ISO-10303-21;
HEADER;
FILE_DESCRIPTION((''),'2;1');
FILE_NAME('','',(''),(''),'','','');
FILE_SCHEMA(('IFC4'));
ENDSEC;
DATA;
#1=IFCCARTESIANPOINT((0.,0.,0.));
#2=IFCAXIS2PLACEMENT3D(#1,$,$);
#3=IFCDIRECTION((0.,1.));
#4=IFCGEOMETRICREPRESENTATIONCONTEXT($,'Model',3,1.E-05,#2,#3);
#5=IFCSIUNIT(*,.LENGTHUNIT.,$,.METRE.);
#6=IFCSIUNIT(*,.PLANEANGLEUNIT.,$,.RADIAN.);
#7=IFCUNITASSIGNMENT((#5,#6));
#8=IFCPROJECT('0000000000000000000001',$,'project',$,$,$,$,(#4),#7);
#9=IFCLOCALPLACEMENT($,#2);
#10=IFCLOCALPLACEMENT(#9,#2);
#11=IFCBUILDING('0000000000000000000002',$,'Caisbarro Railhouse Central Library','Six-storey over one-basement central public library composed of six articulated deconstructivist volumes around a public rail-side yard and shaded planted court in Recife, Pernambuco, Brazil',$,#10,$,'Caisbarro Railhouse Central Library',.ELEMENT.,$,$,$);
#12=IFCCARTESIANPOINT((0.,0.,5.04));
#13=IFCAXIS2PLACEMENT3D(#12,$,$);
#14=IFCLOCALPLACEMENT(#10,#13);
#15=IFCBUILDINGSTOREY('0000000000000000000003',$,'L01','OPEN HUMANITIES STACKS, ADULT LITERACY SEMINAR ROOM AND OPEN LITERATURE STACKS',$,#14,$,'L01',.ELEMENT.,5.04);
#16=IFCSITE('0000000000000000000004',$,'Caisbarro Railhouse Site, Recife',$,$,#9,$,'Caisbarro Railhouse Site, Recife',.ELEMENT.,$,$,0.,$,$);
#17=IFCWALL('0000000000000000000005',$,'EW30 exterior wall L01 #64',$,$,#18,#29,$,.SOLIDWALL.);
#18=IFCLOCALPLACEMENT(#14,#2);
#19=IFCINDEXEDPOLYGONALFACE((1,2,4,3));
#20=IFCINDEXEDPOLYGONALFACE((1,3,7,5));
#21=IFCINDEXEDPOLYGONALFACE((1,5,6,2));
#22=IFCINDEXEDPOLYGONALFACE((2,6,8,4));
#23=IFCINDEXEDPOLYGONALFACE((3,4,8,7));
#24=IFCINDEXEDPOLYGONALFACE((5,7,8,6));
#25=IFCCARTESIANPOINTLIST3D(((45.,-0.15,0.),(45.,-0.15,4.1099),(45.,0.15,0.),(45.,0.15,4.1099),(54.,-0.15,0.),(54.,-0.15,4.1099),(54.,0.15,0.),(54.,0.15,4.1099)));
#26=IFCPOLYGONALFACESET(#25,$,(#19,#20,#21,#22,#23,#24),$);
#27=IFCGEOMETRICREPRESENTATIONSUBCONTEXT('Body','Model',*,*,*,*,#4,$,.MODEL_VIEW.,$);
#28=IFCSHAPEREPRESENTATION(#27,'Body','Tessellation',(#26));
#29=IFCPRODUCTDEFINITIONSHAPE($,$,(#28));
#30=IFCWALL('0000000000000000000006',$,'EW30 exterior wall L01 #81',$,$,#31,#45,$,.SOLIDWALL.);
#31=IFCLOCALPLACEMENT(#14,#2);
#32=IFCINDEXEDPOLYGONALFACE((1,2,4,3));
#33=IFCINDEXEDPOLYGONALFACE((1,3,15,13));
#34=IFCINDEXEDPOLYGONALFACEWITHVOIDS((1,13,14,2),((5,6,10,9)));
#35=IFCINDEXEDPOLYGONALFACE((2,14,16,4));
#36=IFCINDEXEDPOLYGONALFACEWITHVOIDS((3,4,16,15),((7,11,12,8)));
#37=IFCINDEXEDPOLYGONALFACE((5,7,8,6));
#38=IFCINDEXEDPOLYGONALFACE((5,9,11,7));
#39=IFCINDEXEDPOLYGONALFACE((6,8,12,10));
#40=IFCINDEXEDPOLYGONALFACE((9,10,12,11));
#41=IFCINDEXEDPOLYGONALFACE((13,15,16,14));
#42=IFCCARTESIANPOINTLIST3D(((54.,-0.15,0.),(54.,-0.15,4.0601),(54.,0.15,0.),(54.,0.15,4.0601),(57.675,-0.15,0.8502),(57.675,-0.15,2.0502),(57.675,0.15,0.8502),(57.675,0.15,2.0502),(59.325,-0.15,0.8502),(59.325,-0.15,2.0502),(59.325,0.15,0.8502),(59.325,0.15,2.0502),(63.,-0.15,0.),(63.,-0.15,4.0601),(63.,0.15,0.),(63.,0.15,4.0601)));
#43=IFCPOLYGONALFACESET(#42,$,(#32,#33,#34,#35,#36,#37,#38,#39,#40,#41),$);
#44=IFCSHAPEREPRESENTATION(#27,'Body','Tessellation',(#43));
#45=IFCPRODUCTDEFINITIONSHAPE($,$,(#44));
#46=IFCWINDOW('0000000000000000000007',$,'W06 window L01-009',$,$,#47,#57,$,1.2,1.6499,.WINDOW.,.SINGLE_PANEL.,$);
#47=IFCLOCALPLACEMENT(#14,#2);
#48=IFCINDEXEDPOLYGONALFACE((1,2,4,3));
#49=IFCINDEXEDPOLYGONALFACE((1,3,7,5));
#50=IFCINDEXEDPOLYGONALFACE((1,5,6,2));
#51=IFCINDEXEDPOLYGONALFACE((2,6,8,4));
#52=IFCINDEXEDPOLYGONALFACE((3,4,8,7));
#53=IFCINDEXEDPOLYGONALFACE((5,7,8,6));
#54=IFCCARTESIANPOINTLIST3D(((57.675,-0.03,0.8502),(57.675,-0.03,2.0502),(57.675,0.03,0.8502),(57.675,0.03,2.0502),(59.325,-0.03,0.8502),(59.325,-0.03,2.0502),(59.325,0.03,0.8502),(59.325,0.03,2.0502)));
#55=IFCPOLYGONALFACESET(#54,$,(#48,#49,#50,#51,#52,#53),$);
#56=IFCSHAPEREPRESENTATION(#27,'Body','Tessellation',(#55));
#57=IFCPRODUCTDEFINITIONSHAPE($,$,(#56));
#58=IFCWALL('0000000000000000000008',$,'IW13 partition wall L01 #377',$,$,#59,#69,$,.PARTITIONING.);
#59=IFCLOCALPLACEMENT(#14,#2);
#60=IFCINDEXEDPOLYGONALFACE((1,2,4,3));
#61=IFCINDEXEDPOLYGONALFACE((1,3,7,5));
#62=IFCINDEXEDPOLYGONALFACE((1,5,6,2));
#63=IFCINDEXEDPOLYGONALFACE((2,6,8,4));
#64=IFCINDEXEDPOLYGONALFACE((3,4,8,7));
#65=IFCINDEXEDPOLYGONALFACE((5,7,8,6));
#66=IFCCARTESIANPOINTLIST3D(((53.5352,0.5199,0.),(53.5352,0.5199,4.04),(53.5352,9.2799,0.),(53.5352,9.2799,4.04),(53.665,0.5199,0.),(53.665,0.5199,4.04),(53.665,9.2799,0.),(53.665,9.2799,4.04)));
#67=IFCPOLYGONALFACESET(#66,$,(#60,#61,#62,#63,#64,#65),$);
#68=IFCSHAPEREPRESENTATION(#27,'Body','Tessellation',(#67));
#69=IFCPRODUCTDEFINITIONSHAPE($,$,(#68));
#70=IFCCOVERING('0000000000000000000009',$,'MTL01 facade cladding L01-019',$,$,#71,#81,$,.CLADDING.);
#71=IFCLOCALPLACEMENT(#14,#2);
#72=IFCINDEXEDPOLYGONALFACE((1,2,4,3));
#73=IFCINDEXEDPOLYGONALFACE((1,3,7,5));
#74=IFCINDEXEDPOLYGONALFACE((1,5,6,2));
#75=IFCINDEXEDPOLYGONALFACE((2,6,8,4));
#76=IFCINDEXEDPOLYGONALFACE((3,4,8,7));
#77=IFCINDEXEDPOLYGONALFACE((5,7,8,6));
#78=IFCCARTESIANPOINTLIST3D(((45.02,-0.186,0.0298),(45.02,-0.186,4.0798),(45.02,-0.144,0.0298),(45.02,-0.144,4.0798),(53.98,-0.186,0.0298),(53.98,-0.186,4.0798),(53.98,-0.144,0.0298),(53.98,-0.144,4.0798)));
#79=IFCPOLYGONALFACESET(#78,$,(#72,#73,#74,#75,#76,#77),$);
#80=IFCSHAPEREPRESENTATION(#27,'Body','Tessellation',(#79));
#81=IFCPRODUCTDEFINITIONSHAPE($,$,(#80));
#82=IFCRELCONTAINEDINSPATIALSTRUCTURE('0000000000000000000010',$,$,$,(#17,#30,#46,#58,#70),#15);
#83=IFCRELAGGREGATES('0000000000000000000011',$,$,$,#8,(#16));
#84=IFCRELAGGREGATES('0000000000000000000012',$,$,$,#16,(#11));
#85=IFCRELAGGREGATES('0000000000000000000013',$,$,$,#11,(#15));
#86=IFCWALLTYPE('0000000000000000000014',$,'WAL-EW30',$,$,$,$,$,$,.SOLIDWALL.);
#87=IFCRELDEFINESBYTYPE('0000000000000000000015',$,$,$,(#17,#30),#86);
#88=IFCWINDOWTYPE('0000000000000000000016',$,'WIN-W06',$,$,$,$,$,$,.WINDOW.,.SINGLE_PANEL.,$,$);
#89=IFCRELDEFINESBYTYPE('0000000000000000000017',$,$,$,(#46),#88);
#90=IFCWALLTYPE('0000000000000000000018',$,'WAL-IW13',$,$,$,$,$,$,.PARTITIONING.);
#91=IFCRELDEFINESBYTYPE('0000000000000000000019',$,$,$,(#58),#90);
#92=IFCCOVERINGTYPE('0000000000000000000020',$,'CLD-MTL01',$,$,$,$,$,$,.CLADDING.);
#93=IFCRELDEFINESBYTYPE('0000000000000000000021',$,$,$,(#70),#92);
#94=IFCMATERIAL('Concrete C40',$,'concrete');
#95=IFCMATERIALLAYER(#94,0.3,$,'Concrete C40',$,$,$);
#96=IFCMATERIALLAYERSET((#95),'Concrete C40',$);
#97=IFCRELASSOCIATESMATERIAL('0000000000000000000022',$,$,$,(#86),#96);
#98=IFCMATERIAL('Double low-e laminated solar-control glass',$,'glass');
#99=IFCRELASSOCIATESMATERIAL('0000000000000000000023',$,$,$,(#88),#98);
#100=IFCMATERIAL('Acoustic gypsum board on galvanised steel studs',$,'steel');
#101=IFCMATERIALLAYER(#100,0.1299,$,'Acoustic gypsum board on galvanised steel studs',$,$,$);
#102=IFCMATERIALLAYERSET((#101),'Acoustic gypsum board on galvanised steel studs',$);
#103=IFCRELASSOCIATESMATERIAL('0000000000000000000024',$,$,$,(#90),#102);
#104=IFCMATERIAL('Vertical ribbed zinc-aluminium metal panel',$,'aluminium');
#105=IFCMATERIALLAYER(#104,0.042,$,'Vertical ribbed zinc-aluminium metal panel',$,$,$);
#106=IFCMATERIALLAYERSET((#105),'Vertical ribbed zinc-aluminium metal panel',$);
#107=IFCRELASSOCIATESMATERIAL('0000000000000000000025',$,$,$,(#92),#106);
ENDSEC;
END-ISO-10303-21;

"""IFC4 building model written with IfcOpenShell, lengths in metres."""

from ifc_helpers import new_model, si_unit, direction, frame, frame_2d, origin, origin_2d, place, context, subcontext, project, spatial, rectangle, extrude, material, layer, layer_set, type_object, element, fill, save


model = new_model("IFC4")

# Units and contexts
model_context = context("Model", 3, precision=1e-05, world=origin(), true_north=direction((0.0, 1.0)))
body_context = subcontext(model_context, "Body", "Model", "MODEL_VIEW")
ifc_project = project(units=[si_unit("LENGTHUNIT", "METRE"), si_unit("PLANEANGLEUNIT", "RADIAN")], contexts=[model_context])

# Site, building, storey
site_placement = place(None, origin())
site = spatial("IfcSite", under=ifc_project, at=site_placement, Name="Caisbarro Railhouse Site, Recife", LongName="Caisbarro Railhouse Site, Recife", CompositionType="ELEMENT", RefElevation=0.0)
building_placement = place(site_placement, origin())
building = spatial("IfcBuilding", under=site, at=building_placement, Name="Caisbarro Railhouse Central Library", Description="Six-storey over one-basement central public library composed of six articulated deconstructivist volumes around a public rail-side yard and shaded planted court in Recife, Pernambuco, Brazil", LongName="Caisbarro Railhouse Central Library", CompositionType="ELEMENT")
storey_placement = place(building_placement, frame((0.0, 0.0, 5.04)))
storey = spatial("IfcBuildingStorey", under=building, at=storey_placement, Name="L01", Description="OPEN HUMANITIES STACKS, ADULT LITERACY SEMINAR ROOM AND OPEN LITERATURE STACKS", LongName="L01", CompositionType="ELEMENT", Elevation=5.04)

# Wall
ifc_material_1 = material(Name="Concrete C40", Category="concrete")
ifc_layer_1 = layer(ifc_material_1, 0.3, Name="Concrete C40")
ifc_layer_set_1 = layer_set([ifc_layer_1], Name="Concrete C40")
wall_type_1 = type_object("IfcWallType", Name="WAL-EW30", PredefinedType="SOLIDWALL", material=ifc_layer_set_1)
wall_1_placement = place(storey_placement, frame((45.0, 0.0, 0.0), z_axis=(0.0, 0.0, 1.0), x_axis=(1.0, 0.0, 0.0)))
element("IfcWall", 1, at=wall_1_placement, inside=storey, type_object=wall_type_1, Name="EW30 exterior wall L01 #64", PredefinedType="SOLIDWALL", context=body_context, shape_type="SweptSolid", body=[
    extrude(rectangle(XDim=9.0, YDim=0.3, at=frame_2d((4.5, 0.0))), origin(), (0.0, 0.0, 1.0), 4.1099),
])

# Wall, opening, window
wall_2_placement = place(storey_placement, frame((54.0, 0.0, 0.0), z_axis=(0.0, 0.0, 1.0), x_axis=(1.0, 0.0, 0.0)))
wall_2 = element("IfcWall", 2, at=wall_2_placement, inside=storey, type_object=wall_type_1, Name="EW30 exterior wall L01 #81", PredefinedType="SOLIDWALL", context=body_context, shape_type="SweptSolid", body=[
    extrude(rectangle(XDim=9.0, YDim=0.3, at=frame_2d((4.5, 0.0))), origin(), (0.0, 0.0, 1.0), 4.0601),
])
opening_placement = place(wall_2_placement, frame((3.675, 0.0, 0.8501)))
opening = element("IfcOpeningElement", 3, at=opening_placement, cuts=wall_2, PredefinedType="OPENING", context=body_context, shape_type="SweptSolid", body=[
    extrude(rectangle(XDim=1.6499, YDim=1.2, at=frame_2d((0.825, 0.6001))), frame((0.0, 0.1602, 0.0), z_axis=(0.0, -1.0, 0.0), x_axis=(1.0, 0.0, 0.0)), (0.0, 0.0, 1.0), 0.3201),
])
ifc_material_2 = material(Name="Double low-e laminated solar-control glass", Category="glass")
window_type = type_object("IfcWindowType", Name="WIN-W06", PartitioningType="SINGLE_PANEL", PredefinedType="WINDOW", material=ifc_material_2)
window_placement = place(opening_placement, origin())
window = element("IfcWindow", 4, at=window_placement, inside=storey, type_object=window_type, Name="W06 window L01-009", OverallHeight=1.2, OverallWidth=1.6499, PartitioningType="SINGLE_PANEL", PredefinedType="WINDOW", context=body_context, shape_type="SweptSolid", body=[
    extrude(rectangle(XDim=1.6499, YDim=1.2, at=frame_2d((0.825, 0.6001))), frame((0.0, 0.03, 0.0), z_axis=(0.0, -1.0, 0.0), x_axis=(1.0, 0.0, 0.0)), (0.0, 0.0, 1.0), 0.0601),
])
fill(opening, window)

# Wall
ifc_material_3 = material(Name="Acoustic gypsum board on galvanised steel studs", Category="steel")
ifc_layer_2 = layer(ifc_material_3, 0.1299, Name="Acoustic gypsum board on galvanised steel studs")
ifc_layer_set_2 = layer_set([ifc_layer_2], Name="Acoustic gypsum board on galvanised steel studs")
wall_type_2 = type_object("IfcWallType", Name="WAL-IW13", PredefinedType="PARTITIONING", material=ifc_layer_set_2)
wall_3_placement = place(storey_placement, frame((53.6001, 0.52, 0.0), z_axis=(0.0, 0.0, 1.0), x_axis=(0.0, 1.0, 0.0)))
element("IfcWall", 5, at=wall_3_placement, inside=storey, type_object=wall_type_2, Name="IW13 partition wall L01 #377", PredefinedType="PARTITIONING", context=body_context, shape_type="SweptSolid", body=[
    extrude(rectangle(XDim=8.76, YDim=0.1299, at=frame_2d((4.3799, 0.0))), origin(), (0.0, 0.0, 1.0), 4.04),
])

# Covering
ifc_material_4 = material(Name="Vertical ribbed zinc-aluminium metal panel", Category="aluminium")
ifc_layer_3 = layer(ifc_material_4, 0.042, Name="Vertical ribbed zinc-aluminium metal panel")
ifc_layer_set_3 = layer_set([ifc_layer_3], Name="Vertical ribbed zinc-aluminium metal panel")
covering_type = type_object("IfcCoveringType", Name="CLD-MTL01", PredefinedType="CLADDING", material=ifc_layer_set_3)
covering_placement = place(storey_placement, frame((49.5, -0.165, 0.0298), z_axis=(0.0, 0.0, 1.0), x_axis=(1.0, 0.0, 0.0)))
element("IfcCovering", 6, at=covering_placement, inside=storey, type_object=covering_type, Name="MTL01 facade cladding L01-019", PredefinedType="CLADDING", context=body_context, shape_type="SweptSolid", body=[
    extrude(rectangle(XDim=8.96, YDim=0.042, at=origin_2d()), origin(), (0.0, 0.0, 1.0), 4.05),
])

save(model, "model.ifc")
